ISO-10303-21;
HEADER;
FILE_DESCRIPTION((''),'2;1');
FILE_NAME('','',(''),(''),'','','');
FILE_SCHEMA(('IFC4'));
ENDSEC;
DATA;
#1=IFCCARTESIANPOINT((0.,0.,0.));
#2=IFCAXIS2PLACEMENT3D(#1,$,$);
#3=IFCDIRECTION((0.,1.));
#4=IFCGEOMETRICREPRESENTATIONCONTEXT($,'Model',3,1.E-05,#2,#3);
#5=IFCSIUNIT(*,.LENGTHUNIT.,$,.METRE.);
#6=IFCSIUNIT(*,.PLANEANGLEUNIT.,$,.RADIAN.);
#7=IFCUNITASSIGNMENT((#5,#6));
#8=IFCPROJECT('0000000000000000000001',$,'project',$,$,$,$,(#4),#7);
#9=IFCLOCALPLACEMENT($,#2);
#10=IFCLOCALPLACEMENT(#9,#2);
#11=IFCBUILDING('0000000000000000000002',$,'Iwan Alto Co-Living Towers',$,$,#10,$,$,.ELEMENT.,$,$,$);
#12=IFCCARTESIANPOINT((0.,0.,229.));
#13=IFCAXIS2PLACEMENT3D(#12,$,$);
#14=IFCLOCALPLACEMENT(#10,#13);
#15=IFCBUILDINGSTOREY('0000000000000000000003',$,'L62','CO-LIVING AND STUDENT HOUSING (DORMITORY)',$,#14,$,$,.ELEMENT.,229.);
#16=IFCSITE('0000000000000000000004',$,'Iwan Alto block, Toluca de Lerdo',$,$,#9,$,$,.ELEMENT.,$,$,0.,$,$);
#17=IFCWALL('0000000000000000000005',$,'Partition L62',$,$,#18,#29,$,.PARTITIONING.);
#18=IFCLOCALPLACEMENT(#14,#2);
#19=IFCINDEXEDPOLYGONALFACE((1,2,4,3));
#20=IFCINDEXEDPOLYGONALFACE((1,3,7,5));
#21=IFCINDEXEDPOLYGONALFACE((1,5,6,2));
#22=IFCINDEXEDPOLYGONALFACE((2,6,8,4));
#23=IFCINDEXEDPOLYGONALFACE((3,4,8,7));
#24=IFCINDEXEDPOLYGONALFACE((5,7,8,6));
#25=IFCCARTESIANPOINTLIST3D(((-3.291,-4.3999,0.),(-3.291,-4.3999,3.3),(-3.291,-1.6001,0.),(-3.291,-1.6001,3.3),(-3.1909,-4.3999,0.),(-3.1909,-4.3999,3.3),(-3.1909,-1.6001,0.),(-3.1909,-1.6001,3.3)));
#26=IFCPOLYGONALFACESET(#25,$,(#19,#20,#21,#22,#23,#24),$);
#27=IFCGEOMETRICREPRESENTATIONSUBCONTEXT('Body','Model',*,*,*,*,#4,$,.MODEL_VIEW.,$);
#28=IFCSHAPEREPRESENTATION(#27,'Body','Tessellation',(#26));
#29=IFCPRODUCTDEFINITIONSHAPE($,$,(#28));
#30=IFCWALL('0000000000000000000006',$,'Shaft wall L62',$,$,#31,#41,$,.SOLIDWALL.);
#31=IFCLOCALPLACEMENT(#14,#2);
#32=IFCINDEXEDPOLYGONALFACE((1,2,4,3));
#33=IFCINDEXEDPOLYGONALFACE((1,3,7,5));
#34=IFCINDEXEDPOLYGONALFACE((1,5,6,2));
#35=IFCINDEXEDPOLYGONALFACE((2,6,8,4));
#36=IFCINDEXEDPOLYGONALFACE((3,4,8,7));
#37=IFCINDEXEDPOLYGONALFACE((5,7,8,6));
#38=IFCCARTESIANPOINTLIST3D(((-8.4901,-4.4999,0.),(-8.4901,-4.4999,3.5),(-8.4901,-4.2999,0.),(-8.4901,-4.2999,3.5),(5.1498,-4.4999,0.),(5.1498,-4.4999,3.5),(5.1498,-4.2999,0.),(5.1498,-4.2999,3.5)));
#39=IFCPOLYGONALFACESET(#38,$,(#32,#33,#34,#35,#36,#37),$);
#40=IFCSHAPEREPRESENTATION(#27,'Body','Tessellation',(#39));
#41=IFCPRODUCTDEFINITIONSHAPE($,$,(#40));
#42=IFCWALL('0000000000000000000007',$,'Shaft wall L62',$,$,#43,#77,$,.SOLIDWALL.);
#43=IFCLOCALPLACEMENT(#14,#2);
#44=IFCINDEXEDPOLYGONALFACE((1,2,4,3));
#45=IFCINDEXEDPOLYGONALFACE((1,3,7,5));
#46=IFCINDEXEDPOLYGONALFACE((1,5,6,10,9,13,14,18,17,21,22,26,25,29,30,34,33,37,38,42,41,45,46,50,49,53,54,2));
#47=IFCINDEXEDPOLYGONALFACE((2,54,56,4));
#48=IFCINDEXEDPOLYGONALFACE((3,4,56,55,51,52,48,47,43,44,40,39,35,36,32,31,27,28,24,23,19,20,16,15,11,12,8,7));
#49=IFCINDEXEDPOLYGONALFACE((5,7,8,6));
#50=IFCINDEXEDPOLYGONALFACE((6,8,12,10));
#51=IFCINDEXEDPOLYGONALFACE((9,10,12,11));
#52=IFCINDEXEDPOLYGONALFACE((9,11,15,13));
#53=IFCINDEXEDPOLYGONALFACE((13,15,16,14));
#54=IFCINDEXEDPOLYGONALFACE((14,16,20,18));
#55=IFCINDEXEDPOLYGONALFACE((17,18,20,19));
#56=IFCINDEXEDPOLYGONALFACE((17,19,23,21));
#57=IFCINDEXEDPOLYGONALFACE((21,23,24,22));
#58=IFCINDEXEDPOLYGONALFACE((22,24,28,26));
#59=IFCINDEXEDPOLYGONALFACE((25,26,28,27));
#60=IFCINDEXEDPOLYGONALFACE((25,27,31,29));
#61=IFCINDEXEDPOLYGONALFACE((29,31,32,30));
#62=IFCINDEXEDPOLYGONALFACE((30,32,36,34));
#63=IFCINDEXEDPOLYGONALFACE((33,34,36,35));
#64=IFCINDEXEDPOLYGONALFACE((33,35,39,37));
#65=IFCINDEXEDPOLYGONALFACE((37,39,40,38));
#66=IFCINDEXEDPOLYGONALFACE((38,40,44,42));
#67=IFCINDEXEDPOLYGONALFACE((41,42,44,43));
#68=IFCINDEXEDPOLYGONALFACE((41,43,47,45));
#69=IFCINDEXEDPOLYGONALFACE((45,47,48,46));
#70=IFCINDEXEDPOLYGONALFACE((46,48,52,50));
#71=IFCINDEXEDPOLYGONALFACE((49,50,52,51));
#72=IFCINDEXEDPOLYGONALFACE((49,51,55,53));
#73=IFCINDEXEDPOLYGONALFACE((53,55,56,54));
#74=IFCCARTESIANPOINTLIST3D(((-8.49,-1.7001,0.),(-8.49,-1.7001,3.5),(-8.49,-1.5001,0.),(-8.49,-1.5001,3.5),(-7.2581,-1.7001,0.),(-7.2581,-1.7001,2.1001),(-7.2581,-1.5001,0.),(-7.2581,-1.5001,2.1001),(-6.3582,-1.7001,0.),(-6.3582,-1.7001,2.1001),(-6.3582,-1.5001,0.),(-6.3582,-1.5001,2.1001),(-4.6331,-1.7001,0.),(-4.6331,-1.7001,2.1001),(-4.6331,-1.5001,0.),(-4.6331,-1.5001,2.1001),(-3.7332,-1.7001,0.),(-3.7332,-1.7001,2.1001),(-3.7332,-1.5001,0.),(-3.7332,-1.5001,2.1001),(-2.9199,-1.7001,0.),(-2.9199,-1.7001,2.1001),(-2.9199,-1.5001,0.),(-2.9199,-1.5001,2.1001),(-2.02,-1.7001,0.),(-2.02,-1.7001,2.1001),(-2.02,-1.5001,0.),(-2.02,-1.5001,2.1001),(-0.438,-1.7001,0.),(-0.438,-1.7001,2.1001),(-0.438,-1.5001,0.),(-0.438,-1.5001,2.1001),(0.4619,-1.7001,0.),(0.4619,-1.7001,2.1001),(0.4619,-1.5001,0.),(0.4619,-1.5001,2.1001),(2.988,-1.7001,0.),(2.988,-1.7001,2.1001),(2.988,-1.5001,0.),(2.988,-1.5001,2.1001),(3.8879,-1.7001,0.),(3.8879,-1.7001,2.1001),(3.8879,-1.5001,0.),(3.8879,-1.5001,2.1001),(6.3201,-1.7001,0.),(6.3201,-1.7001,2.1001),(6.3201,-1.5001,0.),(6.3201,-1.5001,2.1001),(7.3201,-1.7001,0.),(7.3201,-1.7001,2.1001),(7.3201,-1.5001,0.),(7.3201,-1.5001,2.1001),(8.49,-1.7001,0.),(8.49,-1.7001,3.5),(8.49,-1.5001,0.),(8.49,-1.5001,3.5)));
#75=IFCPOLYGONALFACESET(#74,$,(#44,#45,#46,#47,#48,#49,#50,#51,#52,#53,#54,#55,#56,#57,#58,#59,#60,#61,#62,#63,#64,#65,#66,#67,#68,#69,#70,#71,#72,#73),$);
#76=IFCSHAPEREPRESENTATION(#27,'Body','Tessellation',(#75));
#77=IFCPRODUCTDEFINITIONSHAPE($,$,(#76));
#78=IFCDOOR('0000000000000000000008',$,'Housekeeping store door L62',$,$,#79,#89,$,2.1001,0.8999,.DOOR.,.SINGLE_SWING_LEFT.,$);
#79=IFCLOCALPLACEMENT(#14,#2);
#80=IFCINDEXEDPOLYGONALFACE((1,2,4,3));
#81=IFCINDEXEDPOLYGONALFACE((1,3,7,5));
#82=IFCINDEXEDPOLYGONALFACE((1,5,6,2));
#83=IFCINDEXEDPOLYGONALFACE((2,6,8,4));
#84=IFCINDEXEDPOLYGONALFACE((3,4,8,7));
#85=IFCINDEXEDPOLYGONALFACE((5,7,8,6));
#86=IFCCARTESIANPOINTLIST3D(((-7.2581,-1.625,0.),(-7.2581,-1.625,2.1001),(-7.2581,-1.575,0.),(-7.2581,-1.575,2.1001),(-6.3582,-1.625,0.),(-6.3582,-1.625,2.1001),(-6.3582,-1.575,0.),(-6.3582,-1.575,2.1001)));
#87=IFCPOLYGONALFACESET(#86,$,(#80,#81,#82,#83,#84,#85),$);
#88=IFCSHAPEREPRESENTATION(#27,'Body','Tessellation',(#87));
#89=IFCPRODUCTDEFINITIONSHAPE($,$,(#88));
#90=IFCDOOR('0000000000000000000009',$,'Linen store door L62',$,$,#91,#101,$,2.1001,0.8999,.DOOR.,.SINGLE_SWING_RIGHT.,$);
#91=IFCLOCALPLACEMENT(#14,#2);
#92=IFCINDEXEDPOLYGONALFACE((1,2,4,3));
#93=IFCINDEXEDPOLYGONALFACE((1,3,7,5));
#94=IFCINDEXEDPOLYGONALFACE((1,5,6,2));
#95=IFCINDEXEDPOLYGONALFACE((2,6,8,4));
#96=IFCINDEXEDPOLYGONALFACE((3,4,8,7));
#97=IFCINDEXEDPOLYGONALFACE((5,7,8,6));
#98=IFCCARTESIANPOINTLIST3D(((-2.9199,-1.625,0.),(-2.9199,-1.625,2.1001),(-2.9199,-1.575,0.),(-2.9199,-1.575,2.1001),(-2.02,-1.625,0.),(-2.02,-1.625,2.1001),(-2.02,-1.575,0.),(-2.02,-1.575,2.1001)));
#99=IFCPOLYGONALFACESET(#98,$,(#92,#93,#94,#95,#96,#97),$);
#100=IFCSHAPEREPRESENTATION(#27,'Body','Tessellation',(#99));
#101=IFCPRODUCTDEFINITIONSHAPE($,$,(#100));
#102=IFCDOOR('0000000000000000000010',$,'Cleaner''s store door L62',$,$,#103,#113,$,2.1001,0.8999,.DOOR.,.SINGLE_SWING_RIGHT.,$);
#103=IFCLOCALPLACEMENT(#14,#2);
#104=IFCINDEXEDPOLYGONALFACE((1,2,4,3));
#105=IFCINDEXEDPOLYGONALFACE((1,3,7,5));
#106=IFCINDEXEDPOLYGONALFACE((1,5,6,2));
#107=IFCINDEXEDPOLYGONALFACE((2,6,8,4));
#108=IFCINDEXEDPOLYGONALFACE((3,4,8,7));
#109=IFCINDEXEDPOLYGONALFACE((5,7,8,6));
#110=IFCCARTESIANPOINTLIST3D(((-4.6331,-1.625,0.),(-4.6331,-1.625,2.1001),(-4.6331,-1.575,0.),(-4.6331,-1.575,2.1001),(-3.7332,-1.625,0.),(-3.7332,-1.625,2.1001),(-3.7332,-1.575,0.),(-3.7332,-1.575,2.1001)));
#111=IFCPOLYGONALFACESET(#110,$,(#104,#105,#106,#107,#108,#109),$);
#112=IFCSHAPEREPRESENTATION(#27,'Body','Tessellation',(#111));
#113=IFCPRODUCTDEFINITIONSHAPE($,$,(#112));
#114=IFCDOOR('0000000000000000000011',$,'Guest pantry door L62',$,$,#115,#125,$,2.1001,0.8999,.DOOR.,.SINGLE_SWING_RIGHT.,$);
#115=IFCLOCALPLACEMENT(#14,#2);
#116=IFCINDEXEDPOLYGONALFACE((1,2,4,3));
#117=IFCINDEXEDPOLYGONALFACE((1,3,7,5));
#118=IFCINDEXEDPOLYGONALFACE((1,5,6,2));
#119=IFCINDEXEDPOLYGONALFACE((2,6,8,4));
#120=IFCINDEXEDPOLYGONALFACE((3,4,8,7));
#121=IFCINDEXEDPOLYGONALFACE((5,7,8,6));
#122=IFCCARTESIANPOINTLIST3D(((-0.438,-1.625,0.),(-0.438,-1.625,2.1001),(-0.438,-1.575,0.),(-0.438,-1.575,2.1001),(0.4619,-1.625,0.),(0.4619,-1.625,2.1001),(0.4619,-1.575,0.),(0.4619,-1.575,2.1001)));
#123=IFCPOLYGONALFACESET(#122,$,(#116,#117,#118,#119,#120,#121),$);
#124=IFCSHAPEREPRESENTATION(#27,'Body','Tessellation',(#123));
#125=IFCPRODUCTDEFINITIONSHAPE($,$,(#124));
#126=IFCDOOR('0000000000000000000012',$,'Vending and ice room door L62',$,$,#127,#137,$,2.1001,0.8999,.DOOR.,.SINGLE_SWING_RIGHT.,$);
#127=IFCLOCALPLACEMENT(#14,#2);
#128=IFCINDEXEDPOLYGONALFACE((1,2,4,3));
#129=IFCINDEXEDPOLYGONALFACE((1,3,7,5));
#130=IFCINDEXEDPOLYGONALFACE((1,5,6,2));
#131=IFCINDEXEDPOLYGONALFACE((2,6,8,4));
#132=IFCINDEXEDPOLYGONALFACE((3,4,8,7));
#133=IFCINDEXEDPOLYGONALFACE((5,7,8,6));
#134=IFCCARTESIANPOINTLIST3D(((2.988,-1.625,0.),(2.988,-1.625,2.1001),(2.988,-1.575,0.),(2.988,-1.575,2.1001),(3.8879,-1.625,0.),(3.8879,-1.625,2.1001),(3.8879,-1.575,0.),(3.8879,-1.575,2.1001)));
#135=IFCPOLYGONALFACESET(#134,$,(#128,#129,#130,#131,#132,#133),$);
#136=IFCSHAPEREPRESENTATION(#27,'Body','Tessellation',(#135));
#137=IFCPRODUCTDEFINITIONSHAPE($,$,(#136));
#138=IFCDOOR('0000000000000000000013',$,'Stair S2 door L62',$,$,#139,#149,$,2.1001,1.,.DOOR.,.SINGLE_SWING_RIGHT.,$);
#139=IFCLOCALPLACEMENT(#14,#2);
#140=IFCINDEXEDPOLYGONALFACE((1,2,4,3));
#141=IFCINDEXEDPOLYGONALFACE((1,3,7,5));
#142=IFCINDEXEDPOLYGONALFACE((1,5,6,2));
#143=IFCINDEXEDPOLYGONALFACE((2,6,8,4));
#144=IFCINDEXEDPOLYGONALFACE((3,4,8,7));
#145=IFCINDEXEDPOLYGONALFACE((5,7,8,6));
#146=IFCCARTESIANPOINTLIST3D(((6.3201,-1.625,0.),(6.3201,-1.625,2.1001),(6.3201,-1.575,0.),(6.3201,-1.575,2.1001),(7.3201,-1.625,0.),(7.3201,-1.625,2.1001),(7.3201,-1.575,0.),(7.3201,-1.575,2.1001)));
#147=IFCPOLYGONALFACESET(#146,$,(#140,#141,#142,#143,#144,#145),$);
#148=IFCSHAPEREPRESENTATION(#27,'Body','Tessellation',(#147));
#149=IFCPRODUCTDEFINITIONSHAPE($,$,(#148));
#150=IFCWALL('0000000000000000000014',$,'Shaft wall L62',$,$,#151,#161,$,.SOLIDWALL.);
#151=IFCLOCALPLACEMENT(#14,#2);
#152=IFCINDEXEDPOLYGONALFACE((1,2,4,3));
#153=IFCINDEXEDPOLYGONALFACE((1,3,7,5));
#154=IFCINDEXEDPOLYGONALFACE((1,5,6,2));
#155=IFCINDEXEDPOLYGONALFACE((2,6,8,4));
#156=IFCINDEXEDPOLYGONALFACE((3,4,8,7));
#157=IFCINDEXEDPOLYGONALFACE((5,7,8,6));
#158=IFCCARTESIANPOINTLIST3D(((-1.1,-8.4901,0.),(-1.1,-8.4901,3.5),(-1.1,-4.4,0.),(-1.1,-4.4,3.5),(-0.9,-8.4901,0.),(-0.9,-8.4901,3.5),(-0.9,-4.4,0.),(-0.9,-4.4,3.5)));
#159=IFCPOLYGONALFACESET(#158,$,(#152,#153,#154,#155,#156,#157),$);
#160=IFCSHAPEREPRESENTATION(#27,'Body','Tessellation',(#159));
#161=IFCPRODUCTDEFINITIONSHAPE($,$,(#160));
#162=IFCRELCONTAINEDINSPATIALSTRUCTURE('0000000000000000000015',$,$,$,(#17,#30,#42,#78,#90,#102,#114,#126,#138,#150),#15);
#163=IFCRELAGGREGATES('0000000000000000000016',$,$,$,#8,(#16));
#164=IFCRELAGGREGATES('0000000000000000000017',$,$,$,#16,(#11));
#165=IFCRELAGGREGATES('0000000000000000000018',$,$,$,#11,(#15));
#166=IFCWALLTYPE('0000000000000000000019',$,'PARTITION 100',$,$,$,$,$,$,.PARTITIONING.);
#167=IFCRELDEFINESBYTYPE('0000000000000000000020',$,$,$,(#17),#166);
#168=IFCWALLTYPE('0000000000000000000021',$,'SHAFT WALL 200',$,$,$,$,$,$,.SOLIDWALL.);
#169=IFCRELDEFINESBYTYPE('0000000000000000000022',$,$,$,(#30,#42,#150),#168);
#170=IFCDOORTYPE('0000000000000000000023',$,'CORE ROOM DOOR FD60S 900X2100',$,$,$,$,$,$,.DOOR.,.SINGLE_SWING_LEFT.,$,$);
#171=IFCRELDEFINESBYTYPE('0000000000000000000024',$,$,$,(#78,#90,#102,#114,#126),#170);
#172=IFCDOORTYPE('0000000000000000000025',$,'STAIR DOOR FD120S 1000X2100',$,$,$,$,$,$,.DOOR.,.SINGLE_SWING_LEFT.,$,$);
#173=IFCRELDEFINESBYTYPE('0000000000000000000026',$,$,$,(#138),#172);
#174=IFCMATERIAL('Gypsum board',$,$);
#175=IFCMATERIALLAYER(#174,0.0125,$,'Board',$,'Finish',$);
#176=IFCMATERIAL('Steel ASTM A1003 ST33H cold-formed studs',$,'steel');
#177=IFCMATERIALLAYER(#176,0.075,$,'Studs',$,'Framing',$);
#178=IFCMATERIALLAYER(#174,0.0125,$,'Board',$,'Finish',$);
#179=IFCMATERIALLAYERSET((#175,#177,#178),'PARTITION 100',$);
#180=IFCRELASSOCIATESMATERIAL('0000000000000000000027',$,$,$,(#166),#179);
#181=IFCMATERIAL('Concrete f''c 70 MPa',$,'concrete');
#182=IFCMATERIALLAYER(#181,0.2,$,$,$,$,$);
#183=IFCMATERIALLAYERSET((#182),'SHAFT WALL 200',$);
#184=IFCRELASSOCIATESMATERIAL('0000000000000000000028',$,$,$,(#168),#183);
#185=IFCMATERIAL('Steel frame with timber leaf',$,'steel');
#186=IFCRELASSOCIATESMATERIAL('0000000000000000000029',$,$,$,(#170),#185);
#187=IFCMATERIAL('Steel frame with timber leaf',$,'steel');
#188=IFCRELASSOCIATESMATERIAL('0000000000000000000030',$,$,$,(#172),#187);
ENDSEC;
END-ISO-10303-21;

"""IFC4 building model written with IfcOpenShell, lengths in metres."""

from ifc_helpers import new_model, si_unit, direction, frame, frame_2d, origin, place, context, subcontext, project, spatial, rectangle, extrude, material, layer, layer_set, type_object, element, fill, save


model = new_model("IFC4")

# Units and contexts
model_context = context("Model", 3, precision=1e-05, world=origin(), true_north=direction((0.0, 1.0)))
body_context = subcontext(model_context, "Body", "Model", "MODEL_VIEW")
ifc_project = project(units=[si_unit("LENGTHUNIT", "METRE"), si_unit("PLANEANGLEUNIT", "RADIAN")], contexts=[model_context])

# Site, building, storey
site_placement = place(None, origin())
site = spatial("IfcSite", under=ifc_project, at=site_placement, Name="Iwan Alto block, Toluca de Lerdo", CompositionType="ELEMENT", RefElevation=0.0)
building_placement = place(site_placement, origin())
building = spatial("IfcBuilding", under=site, at=building_placement, Name="Iwan Alto Co-Living Towers", CompositionType="ELEMENT")
storey_placement = place(building_placement, frame((0.0, 0.0, 229.0)))
storey = spatial("IfcBuildingStorey", under=building, at=storey_placement, Name="L62", Description="CO-LIVING AND STUDENT HOUSING (DORMITORY)", CompositionType="ELEMENT", Elevation=229.0)

# Walls
ifc_material_1 = material(Name="Gypsum board")
ifc_layer_1 = layer(ifc_material_1, 0.0125, Name="Board", Category="Finish")
ifc_material_2 = material(Name="Steel ASTM A1003 ST33H cold-formed studs", Category="steel")
ifc_layer_2 = layer(ifc_material_2, 0.075, Name="Studs", Category="Framing")
ifc_layer_3 = layer(ifc_material_1, 0.0125, Name="Board", Category="Finish")
ifc_layer_set_1 = layer_set([ifc_layer_1, ifc_layer_2, ifc_layer_3], Name="PARTITION 100")
wall_type_1 = type_object("IfcWallType", Name="PARTITION 100", PredefinedType="PARTITIONING", material=ifc_layer_set_1)
wall_1_placement = place(storey_placement, frame((-3.241, -4.3999, 0.0), z_axis=(0.0, 0.0, 1.0), x_axis=(0.0, 1.0, 0.0)))
element("IfcWall", 1, at=wall_1_placement, inside=storey, type_object=wall_type_1, Name="Partition L62", PredefinedType="PARTITIONING", context=body_context, shape_type="SweptSolid", body=[
    extrude(rectangle(XDim=2.7998, YDim=0.1001, at=frame_2d((1.3999, 0.0))), origin(), (0.0, 0.0, 1.0), 3.3),
])
ifc_material_3 = material(Name="Concrete f'c 70 MPa", Category="concrete")
ifc_layer_4 = layer(ifc_material_3, 0.2)
ifc_layer_set_2 = layer_set([ifc_layer_4], Name="SHAFT WALL 200")
wall_type_2 = type_object("IfcWallType", Name="SHAFT WALL 200", PredefinedType="SOLIDWALL", material=ifc_layer_set_2)
wall_2_placement = place(storey_placement, frame((-8.49, -4.3999, 0.0), z_axis=(0.0, 0.0, 1.0), x_axis=(1.0, 0.0, 0.0)))
element("IfcWall", 2, at=wall_2_placement, inside=storey, type_object=wall_type_2, Name="Shaft wall L62", PredefinedType="SOLIDWALL", context=body_context, shape_type="SweptSolid", body=[
    extrude(rectangle(XDim=13.6399, YDim=0.2, at=frame_2d((6.8198, 0.0))), origin(), (0.0, 0.0, 1.0), 3.5),
])

# Wall, openings, doors
wall_3_placement = place(storey_placement, frame((-8.49, -1.6001, 0.0), z_axis=(0.0, 0.0, 1.0), x_axis=(1.0, 0.0, 0.0)))
wall_3 = element("IfcWall", 3, at=wall_3_placement, inside=storey, type_object=wall_type_2, Name="Shaft wall L62", PredefinedType="SOLIDWALL", context=body_context, shape_type="SweptSolid", body=[
    extrude(rectangle(XDim=16.98, YDim=0.2, at=frame_2d((8.49, 0.0))), origin(), (0.0, 0.0, 1.0), 3.5),
])
opening_1_placement = place(wall_3_placement, frame((14.8101, 0.0, 0.0)))
opening_1 = element("IfcOpeningElement", 4, at=opening_1_placement, cuts=wall_3, PredefinedType="OPENING", context=body_context, shape_type="SweptSolid", body=[
    extrude(rectangle(XDim=1.0, YDim=2.1001, at=frame_2d((0.5, 1.05))), frame((0.0, 0.1099, 0.0), z_axis=(0.0, -1.0, 0.0), x_axis=(1.0, 0.0, 0.0)), (0.0, 0.0, 1.0), 0.22),
])
opening_2_placement = place(wall_3_placement, frame((1.2319, 0.0, 0.0)))
opening_2 = element("IfcOpeningElement", 5, at=opening_2_placement, cuts=wall_3, PredefinedType="OPENING", context=body_context, shape_type="SweptSolid", body=[
    extrude(rectangle(XDim=0.8999, YDim=2.1001, at=frame_2d((0.45, 1.05))), frame((0.0, 0.1099, 0.0), z_axis=(0.0, -1.0, 0.0), x_axis=(1.0, 0.0, 0.0)), (0.0, 0.0, 1.0), 0.22),
])
opening_3_placement = place(wall_3_placement, frame((5.5701, 0.0, 0.0)))
opening_3 = element("IfcOpeningElement", 6, at=opening_3_placement, cuts=wall_3, PredefinedType="OPENING", context=body_context, shape_type="SweptSolid", body=[
    extrude(rectangle(XDim=0.8999, YDim=2.1001, at=frame_2d((0.45, 1.05))), frame((0.0, 0.1099, 0.0), z_axis=(0.0, -1.0, 0.0), x_axis=(1.0, 0.0, 0.0)), (0.0, 0.0, 1.0), 0.22),
])
opening_4_placement = place(wall_3_placement, frame((3.8569, 0.0, 0.0)))
opening_4 = element("IfcOpeningElement", 7, at=opening_4_placement, cuts=wall_3, PredefinedType="OPENING", context=body_context, shape_type="SweptSolid", body=[
    extrude(rectangle(XDim=0.8999, YDim=2.1001, at=frame_2d((0.45, 1.05))), frame((0.0, 0.1099, 0.0), z_axis=(0.0, -1.0, 0.0), x_axis=(1.0, 0.0, 0.0)), (0.0, 0.0, 1.0), 0.22),
])
opening_5_placement = place(wall_3_placement, frame((8.052, 0.0, 0.0)))
opening_5 = element("IfcOpeningElement", 8, at=opening_5_placement, cuts=wall_3, PredefinedType="OPENING", context=body_context, shape_type="SweptSolid", body=[
    extrude(rectangle(XDim=0.8999, YDim=2.1001, at=frame_2d((0.45, 1.05))), frame((0.0, 0.1099, 0.0), z_axis=(0.0, -1.0, 0.0), x_axis=(1.0, 0.0, 0.0)), (0.0, 0.0, 1.0), 0.22),
])
opening_6_placement = place(wall_3_placement, frame((11.478, 0.0, 0.0)))
opening_6 = element("IfcOpeningElement", 9, at=opening_6_placement, cuts=wall_3, PredefinedType="OPENING", context=body_context, shape_type="SweptSolid", body=[
    extrude(rectangle(XDim=0.8999, YDim=2.1001, at=frame_2d((0.45, 1.05))), frame((0.0, 0.1099, 0.0), z_axis=(0.0, -1.0, 0.0), x_axis=(1.0, 0.0, 0.0)), (0.0, 0.0, 1.0), 0.22),
])
ifc_material_4 = material(Name="Steel frame with timber leaf", Category="steel")
door_type_1 = type_object("IfcDoorType", Name="CORE ROOM DOOR FD60S 900X2100", OperationType="SINGLE_SWING_LEFT", PredefinedType="DOOR", material=ifc_material_4)
door_1_placement = place(opening_2_placement, frame((0.8999, 0.0, 0.0), z_axis=(0.0, 0.0, 1.0), x_axis=(-1.0, 0.0, 0.0)))
door_1 = element("IfcDoor", 10, at=door_1_placement, inside=storey, type_object=door_type_1, Name="Housekeeping store door L62", OperationType="SINGLE_SWING_LEFT", OverallHeight=2.1001, OverallWidth=0.8999, PredefinedType="DOOR", context=body_context, shape_type="SweptSolid", body=[
    extrude(rectangle(XDim=0.8999, YDim=2.1001, at=frame_2d((0.45, 1.05))), frame((0.0, 0.0249, 0.0), z_axis=(0.0, -1.0, 0.0), x_axis=(1.0, 0.0, 0.0)), (0.0, 0.0, 1.0), 0.05),
])
fill(opening_2, door_1)
door_2_placement = place(opening_3_placement, frame((0.8999, 0.0, 0.0), z_axis=(0.0, 0.0, 1.0), x_axis=(-1.0, 0.0, 0.0)))
door_2 = element("IfcDoor", 11, at=door_2_placement, inside=storey, type_object=door_type_1, Name="Linen store door L62", OperationType="SINGLE_SWING_RIGHT", OverallHeight=2.1001, OverallWidth=0.8999, PredefinedType="DOOR", context=body_context, shape_type="SweptSolid", body=[
    extrude(rectangle(XDim=0.8999, YDim=2.1001, at=frame_2d((0.45, 1.05))), frame((0.0, 0.0249, 0.0), z_axis=(0.0, -1.0, 0.0), x_axis=(1.0, 0.0, 0.0)), (0.0, 0.0, 1.0), 0.05),
])
fill(opening_3, door_2)
door_3_placement = place(opening_4_placement, frame((0.8999, 0.0, 0.0), z_axis=(0.0, 0.0, 1.0), x_axis=(-1.0, 0.0, 0.0)))
door_3 = element("IfcDoor", 12, at=door_3_placement, inside=storey, type_object=door_type_1, Name="Cleaner's store door L62", OperationType="SINGLE_SWING_RIGHT", OverallHeight=2.1001, OverallWidth=0.8999, PredefinedType="DOOR", context=body_context, shape_type="SweptSolid", body=[
    extrude(rectangle(XDim=0.8999, YDim=2.1001, at=frame_2d((0.45, 1.05))), frame((0.0, 0.0249, 0.0), z_axis=(0.0, -1.0, 0.0), x_axis=(1.0, 0.0, 0.0)), (0.0, 0.0, 1.0), 0.05),
])
fill(opening_4, door_3)
door_4_placement = place(opening_5_placement, frame((0.8999, 0.0, 0.0), z_axis=(0.0, 0.0, 1.0), x_axis=(-1.0, 0.0, 0.0)))
door_4 = element("IfcDoor", 13, at=door_4_placement, inside=storey, type_object=door_type_1, Name="Guest pantry door L62", OperationType="SINGLE_SWING_RIGHT", OverallHeight=2.1001, OverallWidth=0.8999, PredefinedType="DOOR", context=body_context, shape_type="SweptSolid", body=[
    extrude(rectangle(XDim=0.8999, YDim=2.1001, at=frame_2d((0.45, 1.05))), frame((0.0, 0.0249, 0.0), z_axis=(0.0, -1.0, 0.0), x_axis=(1.0, 0.0, 0.0)), (0.0, 0.0, 1.0), 0.05),
])
fill(opening_5, door_4)
door_5_placement = place(opening_6_placement, frame((0.8999, 0.0, 0.0), z_axis=(0.0, 0.0, 1.0), x_axis=(-1.0, 0.0, 0.0)))
door_5 = element("IfcDoor", 14, at=door_5_placement, inside=storey, type_object=door_type_1, Name="Vending and ice room door L62", OperationType="SINGLE_SWING_RIGHT", OverallHeight=2.1001, OverallWidth=0.8999, PredefinedType="DOOR", context=body_context, shape_type="SweptSolid", body=[
    extrude(rectangle(XDim=0.8999, YDim=2.1001, at=frame_2d((0.45, 1.05))), frame((0.0, 0.0249, 0.0), z_axis=(0.0, -1.0, 0.0), x_axis=(1.0, 0.0, 0.0)), (0.0, 0.0, 1.0), 0.05),
])
fill(opening_6, door_5)
ifc_material_5 = material(Name="Steel frame with timber leaf", Category="steel")
door_type_2 = type_object("IfcDoorType", Name="STAIR DOOR FD120S 1000X2100", OperationType="SINGLE_SWING_LEFT", PredefinedType="DOOR", material=ifc_material_5)
door_6_placement = place(opening_1_placement, frame((1.0, 0.0, 0.0), z_axis=(0.0, 0.0, 1.0), x_axis=(-1.0, 0.0, 0.0)))
door_6 = element("IfcDoor", 15, at=door_6_placement, inside=storey, type_object=door_type_2, Name="Stair S2 door L62", OperationType="SINGLE_SWING_RIGHT", OverallHeight=2.1001, OverallWidth=1.0, PredefinedType="DOOR", context=body_context, shape_type="SweptSolid", body=[
    extrude(rectangle(XDim=1.0, YDim=2.1001, at=frame_2d((0.5, 1.05))), frame((0.0, 0.0249, 0.0), z_axis=(0.0, -1.0, 0.0), x_axis=(1.0, 0.0, 0.0)), (0.0, 0.0, 1.0), 0.05),
])
fill(opening_1, door_6)

# Wall
wall_4_placement = place(storey_placement, frame((-1.0, -8.49, 0.0), z_axis=(0.0, 0.0, 1.0), x_axis=(0.0, 1.0, 0.0)))
element("IfcWall", 16, at=wall_4_placement, inside=storey, type_object=wall_type_2, Name="Shaft wall L62", PredefinedType="SOLIDWALL", context=body_context, shape_type="SweptSolid", body=[
    extrude(rectangle(XDim=4.0901, YDim=0.2, at=frame_2d((2.0449, 0.0))), origin(), (0.0, 0.0, 1.0), 3.5),
])

save(model, "model.ifc")
